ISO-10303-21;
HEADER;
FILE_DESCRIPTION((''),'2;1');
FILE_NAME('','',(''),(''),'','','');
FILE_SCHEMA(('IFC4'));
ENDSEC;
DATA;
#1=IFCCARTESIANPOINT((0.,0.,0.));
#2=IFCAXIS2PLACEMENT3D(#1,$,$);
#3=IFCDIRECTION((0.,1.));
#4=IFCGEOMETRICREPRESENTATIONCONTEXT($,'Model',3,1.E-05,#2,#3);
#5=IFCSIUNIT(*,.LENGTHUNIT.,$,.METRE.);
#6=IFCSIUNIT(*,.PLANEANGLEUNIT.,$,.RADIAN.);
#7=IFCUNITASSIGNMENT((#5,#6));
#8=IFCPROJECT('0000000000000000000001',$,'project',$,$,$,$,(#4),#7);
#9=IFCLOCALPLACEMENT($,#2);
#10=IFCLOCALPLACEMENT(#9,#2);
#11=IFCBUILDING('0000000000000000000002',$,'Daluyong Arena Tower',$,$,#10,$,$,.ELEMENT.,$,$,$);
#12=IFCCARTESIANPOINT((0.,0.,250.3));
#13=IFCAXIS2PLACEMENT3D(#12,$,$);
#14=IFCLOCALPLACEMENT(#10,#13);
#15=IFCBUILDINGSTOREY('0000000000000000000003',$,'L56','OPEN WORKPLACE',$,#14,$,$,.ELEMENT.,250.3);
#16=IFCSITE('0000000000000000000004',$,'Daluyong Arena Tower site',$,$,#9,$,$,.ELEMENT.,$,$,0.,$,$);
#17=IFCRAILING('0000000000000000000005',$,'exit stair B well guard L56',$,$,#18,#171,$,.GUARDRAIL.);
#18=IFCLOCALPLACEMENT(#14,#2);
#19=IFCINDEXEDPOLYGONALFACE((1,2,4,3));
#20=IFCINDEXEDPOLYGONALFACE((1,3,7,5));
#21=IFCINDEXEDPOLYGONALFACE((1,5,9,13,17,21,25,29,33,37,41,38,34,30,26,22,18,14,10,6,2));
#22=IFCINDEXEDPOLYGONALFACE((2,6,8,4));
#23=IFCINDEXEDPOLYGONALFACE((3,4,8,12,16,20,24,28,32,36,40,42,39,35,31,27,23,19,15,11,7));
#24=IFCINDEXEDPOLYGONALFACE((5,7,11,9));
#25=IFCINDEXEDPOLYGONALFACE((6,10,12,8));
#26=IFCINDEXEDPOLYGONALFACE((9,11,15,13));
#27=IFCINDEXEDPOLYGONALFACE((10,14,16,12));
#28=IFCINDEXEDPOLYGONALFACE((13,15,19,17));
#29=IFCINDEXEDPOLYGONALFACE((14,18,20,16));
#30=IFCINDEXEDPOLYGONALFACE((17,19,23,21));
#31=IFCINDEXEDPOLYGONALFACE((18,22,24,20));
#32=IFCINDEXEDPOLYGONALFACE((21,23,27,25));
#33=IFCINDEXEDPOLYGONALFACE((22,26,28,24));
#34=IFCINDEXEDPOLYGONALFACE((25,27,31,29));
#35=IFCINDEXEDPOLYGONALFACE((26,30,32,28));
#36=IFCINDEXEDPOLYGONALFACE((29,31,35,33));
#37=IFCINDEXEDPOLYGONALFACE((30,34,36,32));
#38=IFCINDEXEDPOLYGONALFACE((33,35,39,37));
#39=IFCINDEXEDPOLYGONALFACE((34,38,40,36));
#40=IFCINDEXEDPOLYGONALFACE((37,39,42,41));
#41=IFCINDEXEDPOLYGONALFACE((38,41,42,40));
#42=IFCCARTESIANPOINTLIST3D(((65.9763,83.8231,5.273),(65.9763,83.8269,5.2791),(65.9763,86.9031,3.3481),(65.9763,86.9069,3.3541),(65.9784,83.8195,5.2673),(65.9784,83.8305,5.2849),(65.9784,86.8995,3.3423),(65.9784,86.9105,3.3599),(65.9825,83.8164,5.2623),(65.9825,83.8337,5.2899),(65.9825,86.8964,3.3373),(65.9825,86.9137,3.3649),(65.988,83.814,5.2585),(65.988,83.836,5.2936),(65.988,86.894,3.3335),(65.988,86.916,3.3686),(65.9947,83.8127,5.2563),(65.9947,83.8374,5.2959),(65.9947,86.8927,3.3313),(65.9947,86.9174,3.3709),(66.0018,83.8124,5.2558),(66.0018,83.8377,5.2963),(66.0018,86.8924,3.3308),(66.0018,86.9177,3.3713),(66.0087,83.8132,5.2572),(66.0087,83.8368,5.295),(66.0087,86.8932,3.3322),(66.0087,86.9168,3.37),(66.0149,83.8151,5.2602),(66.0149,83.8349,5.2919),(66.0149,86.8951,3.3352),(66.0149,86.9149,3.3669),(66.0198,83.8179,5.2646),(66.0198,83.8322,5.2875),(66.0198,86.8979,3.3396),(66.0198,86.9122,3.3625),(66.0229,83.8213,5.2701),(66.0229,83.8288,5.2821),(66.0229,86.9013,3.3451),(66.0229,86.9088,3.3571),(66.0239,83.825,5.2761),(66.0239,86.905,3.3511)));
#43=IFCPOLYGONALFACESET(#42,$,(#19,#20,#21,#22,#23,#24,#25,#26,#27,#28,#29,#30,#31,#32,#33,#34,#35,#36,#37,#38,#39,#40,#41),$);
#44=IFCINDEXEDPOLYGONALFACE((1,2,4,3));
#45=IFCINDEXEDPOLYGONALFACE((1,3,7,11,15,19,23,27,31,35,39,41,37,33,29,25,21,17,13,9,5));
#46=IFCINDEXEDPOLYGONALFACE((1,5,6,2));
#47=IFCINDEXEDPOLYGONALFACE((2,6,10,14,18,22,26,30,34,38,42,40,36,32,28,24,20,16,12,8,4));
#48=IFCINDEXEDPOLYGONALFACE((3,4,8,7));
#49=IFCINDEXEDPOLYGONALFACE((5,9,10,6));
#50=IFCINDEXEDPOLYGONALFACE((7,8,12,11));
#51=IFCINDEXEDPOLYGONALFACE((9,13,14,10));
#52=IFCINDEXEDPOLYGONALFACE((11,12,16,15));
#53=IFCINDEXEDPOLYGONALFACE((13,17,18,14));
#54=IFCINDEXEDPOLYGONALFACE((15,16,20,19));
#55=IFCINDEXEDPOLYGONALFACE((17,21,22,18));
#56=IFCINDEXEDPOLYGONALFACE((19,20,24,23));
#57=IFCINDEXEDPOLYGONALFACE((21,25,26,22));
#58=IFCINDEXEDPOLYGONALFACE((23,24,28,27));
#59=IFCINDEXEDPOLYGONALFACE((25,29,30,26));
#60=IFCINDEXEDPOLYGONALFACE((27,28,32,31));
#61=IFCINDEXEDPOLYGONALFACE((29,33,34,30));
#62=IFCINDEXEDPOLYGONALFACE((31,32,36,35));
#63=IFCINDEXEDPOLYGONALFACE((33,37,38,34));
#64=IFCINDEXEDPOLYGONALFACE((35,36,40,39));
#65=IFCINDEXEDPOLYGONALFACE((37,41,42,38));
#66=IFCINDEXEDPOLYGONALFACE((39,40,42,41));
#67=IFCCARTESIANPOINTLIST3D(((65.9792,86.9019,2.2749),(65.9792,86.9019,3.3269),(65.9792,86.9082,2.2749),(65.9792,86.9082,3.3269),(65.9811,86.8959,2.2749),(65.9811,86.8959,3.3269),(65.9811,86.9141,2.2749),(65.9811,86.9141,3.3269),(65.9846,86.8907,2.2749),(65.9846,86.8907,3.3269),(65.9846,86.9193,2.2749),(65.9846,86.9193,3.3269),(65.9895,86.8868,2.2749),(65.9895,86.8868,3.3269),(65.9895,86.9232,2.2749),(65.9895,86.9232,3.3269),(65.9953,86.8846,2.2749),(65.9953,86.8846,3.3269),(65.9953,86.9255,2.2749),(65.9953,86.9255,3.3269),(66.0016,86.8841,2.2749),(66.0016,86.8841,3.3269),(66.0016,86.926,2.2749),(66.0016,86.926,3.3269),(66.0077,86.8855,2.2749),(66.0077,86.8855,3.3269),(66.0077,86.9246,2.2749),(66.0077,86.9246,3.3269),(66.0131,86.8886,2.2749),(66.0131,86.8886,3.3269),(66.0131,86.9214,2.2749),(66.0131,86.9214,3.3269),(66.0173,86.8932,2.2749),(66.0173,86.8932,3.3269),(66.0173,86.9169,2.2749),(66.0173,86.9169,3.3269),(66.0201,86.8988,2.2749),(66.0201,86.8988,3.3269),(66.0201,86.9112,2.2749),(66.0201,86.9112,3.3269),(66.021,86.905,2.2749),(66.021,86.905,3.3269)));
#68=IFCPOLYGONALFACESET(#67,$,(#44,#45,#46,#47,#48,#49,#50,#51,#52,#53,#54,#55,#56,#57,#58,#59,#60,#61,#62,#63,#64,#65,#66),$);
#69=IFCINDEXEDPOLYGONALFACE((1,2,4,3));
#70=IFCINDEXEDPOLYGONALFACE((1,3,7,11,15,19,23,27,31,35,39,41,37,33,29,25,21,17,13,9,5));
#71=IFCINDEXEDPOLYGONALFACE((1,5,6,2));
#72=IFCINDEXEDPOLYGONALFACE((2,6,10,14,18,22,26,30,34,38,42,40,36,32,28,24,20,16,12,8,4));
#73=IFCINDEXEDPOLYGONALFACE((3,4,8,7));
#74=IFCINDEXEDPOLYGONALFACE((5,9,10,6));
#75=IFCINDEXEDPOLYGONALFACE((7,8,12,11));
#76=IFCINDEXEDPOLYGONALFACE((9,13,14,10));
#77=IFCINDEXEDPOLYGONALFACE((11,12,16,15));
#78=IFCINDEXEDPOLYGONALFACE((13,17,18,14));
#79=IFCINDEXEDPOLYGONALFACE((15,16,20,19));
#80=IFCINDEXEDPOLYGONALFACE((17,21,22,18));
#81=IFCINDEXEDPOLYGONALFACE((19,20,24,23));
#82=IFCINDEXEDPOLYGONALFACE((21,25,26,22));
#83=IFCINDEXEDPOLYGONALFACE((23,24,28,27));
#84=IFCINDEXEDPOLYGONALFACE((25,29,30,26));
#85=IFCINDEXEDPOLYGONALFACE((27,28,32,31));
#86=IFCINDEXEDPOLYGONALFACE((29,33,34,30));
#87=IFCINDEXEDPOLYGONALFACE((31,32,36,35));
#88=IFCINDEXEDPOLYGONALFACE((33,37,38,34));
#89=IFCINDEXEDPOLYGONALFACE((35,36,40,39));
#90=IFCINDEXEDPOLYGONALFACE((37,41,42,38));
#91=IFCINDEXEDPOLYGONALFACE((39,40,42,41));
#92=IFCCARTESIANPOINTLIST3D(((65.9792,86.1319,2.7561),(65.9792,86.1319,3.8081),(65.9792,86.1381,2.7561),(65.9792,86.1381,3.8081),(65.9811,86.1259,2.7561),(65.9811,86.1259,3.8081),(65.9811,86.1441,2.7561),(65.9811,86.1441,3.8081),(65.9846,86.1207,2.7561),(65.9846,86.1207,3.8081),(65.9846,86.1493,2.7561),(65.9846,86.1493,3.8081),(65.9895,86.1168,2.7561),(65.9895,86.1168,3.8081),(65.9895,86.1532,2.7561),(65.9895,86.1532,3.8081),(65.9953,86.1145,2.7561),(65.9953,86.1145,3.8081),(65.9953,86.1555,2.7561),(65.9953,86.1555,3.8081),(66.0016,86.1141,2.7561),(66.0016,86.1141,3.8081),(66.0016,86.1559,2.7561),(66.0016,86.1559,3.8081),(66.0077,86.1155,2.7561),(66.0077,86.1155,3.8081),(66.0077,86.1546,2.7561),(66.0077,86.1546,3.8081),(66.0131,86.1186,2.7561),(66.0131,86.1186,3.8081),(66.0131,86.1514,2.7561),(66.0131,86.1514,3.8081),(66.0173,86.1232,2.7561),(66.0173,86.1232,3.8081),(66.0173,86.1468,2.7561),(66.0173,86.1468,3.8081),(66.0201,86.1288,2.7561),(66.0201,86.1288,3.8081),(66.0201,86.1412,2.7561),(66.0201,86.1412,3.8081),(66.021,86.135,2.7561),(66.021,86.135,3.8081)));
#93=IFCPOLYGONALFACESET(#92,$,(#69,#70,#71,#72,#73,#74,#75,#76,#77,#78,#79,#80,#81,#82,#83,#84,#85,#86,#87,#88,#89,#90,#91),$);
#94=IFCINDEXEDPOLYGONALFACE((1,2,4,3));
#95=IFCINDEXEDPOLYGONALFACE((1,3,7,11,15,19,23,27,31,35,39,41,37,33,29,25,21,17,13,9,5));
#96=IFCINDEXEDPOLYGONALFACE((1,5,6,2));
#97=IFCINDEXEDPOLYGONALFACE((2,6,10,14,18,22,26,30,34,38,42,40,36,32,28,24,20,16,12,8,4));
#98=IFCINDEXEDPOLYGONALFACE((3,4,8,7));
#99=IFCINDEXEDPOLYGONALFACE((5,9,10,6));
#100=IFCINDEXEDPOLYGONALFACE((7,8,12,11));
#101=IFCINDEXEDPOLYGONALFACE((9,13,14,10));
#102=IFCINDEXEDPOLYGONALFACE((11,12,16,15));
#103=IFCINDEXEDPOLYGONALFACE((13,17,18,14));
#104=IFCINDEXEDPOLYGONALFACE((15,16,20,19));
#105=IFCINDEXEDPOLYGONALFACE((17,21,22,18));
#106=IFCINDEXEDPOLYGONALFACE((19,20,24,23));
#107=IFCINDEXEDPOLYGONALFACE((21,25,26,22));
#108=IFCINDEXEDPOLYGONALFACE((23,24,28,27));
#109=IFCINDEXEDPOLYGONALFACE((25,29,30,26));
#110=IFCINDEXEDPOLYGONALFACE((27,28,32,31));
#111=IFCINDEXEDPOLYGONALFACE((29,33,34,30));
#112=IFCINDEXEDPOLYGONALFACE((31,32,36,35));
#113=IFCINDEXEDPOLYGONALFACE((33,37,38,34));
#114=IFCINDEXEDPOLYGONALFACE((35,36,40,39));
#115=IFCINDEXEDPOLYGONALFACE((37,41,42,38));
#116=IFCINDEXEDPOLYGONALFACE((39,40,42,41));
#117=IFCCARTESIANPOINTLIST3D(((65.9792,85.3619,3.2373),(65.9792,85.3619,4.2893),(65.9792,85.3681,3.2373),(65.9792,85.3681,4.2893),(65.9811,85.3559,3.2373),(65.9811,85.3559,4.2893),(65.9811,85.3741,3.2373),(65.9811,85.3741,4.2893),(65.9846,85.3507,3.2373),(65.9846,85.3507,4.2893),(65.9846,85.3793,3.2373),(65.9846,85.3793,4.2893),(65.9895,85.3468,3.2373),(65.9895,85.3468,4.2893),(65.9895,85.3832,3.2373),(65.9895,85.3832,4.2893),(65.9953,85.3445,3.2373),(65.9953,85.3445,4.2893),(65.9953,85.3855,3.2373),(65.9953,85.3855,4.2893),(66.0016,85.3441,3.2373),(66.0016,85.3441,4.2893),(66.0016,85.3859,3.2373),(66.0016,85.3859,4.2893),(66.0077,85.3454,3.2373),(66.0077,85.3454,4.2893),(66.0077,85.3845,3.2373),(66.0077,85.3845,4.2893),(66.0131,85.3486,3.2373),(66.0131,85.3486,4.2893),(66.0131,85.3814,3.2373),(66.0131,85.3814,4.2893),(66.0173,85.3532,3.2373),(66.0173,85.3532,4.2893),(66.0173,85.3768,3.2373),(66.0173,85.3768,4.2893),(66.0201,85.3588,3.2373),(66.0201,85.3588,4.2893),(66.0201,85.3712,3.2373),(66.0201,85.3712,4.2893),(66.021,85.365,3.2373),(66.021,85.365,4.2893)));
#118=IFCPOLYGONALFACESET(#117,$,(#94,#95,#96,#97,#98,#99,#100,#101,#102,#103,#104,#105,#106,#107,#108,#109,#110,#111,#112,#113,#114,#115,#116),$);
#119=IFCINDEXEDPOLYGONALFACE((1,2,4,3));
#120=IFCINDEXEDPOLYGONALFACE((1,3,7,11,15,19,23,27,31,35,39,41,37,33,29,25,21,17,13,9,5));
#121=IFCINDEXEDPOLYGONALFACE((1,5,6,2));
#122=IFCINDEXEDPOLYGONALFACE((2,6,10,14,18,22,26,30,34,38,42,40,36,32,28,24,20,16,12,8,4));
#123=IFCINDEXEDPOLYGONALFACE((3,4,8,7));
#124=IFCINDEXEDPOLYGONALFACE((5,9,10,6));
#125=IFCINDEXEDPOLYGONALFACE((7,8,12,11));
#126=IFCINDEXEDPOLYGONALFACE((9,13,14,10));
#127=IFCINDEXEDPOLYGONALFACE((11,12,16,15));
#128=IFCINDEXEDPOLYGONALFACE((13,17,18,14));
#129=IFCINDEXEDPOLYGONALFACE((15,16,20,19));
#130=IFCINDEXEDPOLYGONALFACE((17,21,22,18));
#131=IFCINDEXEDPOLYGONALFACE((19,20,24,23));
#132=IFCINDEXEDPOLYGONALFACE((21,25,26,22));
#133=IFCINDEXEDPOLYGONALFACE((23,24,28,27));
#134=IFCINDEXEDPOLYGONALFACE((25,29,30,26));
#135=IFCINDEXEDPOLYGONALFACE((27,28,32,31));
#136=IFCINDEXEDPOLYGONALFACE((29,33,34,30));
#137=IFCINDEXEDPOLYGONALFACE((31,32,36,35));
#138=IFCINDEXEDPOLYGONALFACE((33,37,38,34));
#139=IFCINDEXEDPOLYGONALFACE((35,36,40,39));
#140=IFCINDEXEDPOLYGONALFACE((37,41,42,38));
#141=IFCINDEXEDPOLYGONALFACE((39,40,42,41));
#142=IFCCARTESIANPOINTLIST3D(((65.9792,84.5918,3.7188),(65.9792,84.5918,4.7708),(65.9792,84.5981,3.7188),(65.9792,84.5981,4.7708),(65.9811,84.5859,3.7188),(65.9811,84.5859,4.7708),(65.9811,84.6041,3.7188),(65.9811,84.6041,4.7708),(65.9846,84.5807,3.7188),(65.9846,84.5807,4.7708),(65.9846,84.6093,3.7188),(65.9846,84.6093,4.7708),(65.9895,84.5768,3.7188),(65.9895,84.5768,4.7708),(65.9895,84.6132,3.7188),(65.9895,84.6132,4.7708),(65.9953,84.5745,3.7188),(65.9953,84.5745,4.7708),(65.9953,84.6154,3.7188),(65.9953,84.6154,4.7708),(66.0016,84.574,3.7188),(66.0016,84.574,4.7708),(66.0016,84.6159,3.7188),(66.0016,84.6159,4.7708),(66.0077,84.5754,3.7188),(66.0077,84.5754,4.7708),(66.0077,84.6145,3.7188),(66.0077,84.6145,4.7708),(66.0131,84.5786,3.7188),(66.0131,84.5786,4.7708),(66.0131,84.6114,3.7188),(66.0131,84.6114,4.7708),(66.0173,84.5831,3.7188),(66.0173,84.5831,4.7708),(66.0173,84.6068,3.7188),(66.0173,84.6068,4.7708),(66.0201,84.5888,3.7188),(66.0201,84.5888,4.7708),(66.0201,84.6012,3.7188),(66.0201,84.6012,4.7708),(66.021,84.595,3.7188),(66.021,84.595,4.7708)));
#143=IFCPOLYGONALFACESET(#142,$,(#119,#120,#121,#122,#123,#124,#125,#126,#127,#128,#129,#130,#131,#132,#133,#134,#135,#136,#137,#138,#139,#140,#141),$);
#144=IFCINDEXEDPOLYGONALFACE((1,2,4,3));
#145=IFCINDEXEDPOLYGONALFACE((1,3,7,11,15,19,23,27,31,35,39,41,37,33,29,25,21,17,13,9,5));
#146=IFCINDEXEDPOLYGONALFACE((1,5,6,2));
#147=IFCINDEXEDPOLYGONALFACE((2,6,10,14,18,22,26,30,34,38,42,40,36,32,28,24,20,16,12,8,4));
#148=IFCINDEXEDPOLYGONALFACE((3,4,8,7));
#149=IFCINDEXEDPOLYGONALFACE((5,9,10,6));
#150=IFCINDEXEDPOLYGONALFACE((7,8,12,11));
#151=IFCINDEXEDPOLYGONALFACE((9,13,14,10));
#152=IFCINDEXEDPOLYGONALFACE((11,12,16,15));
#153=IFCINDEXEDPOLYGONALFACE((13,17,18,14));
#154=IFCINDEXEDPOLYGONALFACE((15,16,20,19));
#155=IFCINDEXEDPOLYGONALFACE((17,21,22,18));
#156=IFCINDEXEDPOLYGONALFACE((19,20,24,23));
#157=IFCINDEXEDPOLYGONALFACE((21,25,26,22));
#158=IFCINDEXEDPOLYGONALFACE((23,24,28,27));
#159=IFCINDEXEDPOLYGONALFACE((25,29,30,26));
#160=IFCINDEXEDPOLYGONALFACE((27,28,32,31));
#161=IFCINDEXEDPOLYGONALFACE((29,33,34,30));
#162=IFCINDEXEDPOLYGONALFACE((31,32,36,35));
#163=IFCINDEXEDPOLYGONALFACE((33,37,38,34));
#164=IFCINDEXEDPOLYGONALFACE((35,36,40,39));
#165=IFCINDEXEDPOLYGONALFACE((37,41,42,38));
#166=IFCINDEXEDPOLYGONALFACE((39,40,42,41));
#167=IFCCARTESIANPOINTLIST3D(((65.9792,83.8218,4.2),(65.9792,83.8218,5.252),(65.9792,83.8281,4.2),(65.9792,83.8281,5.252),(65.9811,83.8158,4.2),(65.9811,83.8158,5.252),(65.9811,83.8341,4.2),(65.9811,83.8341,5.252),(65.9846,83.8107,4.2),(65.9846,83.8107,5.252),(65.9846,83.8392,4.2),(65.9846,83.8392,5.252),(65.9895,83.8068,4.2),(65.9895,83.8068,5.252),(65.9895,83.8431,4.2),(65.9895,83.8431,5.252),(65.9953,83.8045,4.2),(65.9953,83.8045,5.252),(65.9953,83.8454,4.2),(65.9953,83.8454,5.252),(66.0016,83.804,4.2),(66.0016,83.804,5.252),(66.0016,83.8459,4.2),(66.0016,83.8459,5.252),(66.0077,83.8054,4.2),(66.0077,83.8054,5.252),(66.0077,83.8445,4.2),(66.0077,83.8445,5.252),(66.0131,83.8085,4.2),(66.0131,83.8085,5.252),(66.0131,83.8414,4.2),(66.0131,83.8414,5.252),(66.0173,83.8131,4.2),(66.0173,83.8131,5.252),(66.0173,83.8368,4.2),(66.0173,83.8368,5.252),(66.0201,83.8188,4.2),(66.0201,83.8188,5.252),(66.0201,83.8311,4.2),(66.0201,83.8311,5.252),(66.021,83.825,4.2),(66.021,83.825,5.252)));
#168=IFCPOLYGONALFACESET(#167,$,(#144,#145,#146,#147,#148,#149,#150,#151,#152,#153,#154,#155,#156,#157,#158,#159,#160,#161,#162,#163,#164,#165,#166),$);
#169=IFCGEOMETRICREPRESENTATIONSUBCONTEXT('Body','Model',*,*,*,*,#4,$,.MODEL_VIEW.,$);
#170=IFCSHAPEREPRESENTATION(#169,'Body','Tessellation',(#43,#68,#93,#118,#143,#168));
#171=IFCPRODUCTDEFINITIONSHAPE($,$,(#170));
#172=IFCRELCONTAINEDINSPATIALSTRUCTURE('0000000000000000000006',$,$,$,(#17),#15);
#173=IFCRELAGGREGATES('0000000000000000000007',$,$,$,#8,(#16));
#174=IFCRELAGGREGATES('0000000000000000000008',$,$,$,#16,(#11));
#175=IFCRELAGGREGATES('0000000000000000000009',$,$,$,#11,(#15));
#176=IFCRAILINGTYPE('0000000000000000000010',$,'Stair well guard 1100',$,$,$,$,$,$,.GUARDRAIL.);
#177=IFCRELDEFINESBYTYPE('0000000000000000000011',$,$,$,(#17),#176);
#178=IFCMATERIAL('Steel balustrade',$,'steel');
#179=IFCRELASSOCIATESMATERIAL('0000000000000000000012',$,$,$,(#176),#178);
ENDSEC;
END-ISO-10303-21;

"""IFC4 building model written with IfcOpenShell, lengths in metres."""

from ifc_helpers import new_model, si_unit, direction, frame, origin, origin_2d, place, context, subcontext, project, spatial, circle, extrude, material, type_object, element, save


model = new_model("IFC4")

# Units and contexts
model_context = context("Model", 3, precision=1e-05, world=origin(), true_north=direction((0.0, 1.0)))
body_context = subcontext(model_context, "Body", "Model", "MODEL_VIEW")
ifc_project = project(units=[si_unit("LENGTHUNIT", "METRE"), si_unit("PLANEANGLEUNIT", "RADIAN")], contexts=[model_context])

# Site, building, storey
site_placement = place(None, origin())
site = spatial("IfcSite", under=ifc_project, at=site_placement, Name="Daluyong Arena Tower site", CompositionType="ELEMENT", RefElevation=0.0)
building_placement = place(site_placement, origin())
building = spatial("IfcBuilding", under=site, at=building_placement, Name="Daluyong Arena Tower", CompositionType="ELEMENT")
storey_placement = place(building_placement, frame((0.0, 0.0, 250.3)))
storey = spatial("IfcBuildingStorey", under=building, at=storey_placement, Name="L56", Description="OPEN WORKPLACE", CompositionType="ELEMENT", Elevation=250.3)

# Railing
ifc_material_1 = material(Name="Steel balustrade", Category="steel")
railing_type_1 = type_object("IfcRailingType", Name="Stair well guard 1100", PredefinedType="GUARDRAIL", material=ifc_material_1)
railing_1_placement = place(storey_placement, frame((66.0, 86.905, 2.2749)))
element("IfcRailing", 1, at=railing_1_placement, inside=storey, type_object=railing_type_1, Name="exit stair B well guard L56", PredefinedType="GUARDRAIL", context=body_context, shape_type="SweptSolid", body=[
    extrude(circle(Radius=0.0239, at=origin_2d()), frame((0.0, 0.0, 1.0762), z_axis=(0.0, -0.847998, 0.529999), x_axis=(1.0, 0.0, 0.0)), (0.0, 0.0, 1.0), 3.6321),
    extrude(circle(Radius=0.021, at=origin_2d()), origin(), (0.0, 0.0, 1.0), 1.052),
    extrude(circle(Radius=0.021, at=origin_2d()), frame((0.0, -0.77, 0.4812)), (0.0, 0.0, 1.0), 1.052),
    extrude(circle(Radius=0.021, at=origin_2d()), frame((0.0, -1.54, 0.9624)), (0.0, 0.0, 1.0), 1.052),
    extrude(circle(Radius=0.021, at=origin_2d()), frame((0.0, -2.3101, 1.4438)), (0.0, 0.0, 1.0), 1.052),
    extrude(circle(Radius=0.021, at=origin_2d()), frame((0.0, -3.0801, 1.925)), (0.0, 0.0, 1.0), 1.052),
])

save(model, "model.ifc")
